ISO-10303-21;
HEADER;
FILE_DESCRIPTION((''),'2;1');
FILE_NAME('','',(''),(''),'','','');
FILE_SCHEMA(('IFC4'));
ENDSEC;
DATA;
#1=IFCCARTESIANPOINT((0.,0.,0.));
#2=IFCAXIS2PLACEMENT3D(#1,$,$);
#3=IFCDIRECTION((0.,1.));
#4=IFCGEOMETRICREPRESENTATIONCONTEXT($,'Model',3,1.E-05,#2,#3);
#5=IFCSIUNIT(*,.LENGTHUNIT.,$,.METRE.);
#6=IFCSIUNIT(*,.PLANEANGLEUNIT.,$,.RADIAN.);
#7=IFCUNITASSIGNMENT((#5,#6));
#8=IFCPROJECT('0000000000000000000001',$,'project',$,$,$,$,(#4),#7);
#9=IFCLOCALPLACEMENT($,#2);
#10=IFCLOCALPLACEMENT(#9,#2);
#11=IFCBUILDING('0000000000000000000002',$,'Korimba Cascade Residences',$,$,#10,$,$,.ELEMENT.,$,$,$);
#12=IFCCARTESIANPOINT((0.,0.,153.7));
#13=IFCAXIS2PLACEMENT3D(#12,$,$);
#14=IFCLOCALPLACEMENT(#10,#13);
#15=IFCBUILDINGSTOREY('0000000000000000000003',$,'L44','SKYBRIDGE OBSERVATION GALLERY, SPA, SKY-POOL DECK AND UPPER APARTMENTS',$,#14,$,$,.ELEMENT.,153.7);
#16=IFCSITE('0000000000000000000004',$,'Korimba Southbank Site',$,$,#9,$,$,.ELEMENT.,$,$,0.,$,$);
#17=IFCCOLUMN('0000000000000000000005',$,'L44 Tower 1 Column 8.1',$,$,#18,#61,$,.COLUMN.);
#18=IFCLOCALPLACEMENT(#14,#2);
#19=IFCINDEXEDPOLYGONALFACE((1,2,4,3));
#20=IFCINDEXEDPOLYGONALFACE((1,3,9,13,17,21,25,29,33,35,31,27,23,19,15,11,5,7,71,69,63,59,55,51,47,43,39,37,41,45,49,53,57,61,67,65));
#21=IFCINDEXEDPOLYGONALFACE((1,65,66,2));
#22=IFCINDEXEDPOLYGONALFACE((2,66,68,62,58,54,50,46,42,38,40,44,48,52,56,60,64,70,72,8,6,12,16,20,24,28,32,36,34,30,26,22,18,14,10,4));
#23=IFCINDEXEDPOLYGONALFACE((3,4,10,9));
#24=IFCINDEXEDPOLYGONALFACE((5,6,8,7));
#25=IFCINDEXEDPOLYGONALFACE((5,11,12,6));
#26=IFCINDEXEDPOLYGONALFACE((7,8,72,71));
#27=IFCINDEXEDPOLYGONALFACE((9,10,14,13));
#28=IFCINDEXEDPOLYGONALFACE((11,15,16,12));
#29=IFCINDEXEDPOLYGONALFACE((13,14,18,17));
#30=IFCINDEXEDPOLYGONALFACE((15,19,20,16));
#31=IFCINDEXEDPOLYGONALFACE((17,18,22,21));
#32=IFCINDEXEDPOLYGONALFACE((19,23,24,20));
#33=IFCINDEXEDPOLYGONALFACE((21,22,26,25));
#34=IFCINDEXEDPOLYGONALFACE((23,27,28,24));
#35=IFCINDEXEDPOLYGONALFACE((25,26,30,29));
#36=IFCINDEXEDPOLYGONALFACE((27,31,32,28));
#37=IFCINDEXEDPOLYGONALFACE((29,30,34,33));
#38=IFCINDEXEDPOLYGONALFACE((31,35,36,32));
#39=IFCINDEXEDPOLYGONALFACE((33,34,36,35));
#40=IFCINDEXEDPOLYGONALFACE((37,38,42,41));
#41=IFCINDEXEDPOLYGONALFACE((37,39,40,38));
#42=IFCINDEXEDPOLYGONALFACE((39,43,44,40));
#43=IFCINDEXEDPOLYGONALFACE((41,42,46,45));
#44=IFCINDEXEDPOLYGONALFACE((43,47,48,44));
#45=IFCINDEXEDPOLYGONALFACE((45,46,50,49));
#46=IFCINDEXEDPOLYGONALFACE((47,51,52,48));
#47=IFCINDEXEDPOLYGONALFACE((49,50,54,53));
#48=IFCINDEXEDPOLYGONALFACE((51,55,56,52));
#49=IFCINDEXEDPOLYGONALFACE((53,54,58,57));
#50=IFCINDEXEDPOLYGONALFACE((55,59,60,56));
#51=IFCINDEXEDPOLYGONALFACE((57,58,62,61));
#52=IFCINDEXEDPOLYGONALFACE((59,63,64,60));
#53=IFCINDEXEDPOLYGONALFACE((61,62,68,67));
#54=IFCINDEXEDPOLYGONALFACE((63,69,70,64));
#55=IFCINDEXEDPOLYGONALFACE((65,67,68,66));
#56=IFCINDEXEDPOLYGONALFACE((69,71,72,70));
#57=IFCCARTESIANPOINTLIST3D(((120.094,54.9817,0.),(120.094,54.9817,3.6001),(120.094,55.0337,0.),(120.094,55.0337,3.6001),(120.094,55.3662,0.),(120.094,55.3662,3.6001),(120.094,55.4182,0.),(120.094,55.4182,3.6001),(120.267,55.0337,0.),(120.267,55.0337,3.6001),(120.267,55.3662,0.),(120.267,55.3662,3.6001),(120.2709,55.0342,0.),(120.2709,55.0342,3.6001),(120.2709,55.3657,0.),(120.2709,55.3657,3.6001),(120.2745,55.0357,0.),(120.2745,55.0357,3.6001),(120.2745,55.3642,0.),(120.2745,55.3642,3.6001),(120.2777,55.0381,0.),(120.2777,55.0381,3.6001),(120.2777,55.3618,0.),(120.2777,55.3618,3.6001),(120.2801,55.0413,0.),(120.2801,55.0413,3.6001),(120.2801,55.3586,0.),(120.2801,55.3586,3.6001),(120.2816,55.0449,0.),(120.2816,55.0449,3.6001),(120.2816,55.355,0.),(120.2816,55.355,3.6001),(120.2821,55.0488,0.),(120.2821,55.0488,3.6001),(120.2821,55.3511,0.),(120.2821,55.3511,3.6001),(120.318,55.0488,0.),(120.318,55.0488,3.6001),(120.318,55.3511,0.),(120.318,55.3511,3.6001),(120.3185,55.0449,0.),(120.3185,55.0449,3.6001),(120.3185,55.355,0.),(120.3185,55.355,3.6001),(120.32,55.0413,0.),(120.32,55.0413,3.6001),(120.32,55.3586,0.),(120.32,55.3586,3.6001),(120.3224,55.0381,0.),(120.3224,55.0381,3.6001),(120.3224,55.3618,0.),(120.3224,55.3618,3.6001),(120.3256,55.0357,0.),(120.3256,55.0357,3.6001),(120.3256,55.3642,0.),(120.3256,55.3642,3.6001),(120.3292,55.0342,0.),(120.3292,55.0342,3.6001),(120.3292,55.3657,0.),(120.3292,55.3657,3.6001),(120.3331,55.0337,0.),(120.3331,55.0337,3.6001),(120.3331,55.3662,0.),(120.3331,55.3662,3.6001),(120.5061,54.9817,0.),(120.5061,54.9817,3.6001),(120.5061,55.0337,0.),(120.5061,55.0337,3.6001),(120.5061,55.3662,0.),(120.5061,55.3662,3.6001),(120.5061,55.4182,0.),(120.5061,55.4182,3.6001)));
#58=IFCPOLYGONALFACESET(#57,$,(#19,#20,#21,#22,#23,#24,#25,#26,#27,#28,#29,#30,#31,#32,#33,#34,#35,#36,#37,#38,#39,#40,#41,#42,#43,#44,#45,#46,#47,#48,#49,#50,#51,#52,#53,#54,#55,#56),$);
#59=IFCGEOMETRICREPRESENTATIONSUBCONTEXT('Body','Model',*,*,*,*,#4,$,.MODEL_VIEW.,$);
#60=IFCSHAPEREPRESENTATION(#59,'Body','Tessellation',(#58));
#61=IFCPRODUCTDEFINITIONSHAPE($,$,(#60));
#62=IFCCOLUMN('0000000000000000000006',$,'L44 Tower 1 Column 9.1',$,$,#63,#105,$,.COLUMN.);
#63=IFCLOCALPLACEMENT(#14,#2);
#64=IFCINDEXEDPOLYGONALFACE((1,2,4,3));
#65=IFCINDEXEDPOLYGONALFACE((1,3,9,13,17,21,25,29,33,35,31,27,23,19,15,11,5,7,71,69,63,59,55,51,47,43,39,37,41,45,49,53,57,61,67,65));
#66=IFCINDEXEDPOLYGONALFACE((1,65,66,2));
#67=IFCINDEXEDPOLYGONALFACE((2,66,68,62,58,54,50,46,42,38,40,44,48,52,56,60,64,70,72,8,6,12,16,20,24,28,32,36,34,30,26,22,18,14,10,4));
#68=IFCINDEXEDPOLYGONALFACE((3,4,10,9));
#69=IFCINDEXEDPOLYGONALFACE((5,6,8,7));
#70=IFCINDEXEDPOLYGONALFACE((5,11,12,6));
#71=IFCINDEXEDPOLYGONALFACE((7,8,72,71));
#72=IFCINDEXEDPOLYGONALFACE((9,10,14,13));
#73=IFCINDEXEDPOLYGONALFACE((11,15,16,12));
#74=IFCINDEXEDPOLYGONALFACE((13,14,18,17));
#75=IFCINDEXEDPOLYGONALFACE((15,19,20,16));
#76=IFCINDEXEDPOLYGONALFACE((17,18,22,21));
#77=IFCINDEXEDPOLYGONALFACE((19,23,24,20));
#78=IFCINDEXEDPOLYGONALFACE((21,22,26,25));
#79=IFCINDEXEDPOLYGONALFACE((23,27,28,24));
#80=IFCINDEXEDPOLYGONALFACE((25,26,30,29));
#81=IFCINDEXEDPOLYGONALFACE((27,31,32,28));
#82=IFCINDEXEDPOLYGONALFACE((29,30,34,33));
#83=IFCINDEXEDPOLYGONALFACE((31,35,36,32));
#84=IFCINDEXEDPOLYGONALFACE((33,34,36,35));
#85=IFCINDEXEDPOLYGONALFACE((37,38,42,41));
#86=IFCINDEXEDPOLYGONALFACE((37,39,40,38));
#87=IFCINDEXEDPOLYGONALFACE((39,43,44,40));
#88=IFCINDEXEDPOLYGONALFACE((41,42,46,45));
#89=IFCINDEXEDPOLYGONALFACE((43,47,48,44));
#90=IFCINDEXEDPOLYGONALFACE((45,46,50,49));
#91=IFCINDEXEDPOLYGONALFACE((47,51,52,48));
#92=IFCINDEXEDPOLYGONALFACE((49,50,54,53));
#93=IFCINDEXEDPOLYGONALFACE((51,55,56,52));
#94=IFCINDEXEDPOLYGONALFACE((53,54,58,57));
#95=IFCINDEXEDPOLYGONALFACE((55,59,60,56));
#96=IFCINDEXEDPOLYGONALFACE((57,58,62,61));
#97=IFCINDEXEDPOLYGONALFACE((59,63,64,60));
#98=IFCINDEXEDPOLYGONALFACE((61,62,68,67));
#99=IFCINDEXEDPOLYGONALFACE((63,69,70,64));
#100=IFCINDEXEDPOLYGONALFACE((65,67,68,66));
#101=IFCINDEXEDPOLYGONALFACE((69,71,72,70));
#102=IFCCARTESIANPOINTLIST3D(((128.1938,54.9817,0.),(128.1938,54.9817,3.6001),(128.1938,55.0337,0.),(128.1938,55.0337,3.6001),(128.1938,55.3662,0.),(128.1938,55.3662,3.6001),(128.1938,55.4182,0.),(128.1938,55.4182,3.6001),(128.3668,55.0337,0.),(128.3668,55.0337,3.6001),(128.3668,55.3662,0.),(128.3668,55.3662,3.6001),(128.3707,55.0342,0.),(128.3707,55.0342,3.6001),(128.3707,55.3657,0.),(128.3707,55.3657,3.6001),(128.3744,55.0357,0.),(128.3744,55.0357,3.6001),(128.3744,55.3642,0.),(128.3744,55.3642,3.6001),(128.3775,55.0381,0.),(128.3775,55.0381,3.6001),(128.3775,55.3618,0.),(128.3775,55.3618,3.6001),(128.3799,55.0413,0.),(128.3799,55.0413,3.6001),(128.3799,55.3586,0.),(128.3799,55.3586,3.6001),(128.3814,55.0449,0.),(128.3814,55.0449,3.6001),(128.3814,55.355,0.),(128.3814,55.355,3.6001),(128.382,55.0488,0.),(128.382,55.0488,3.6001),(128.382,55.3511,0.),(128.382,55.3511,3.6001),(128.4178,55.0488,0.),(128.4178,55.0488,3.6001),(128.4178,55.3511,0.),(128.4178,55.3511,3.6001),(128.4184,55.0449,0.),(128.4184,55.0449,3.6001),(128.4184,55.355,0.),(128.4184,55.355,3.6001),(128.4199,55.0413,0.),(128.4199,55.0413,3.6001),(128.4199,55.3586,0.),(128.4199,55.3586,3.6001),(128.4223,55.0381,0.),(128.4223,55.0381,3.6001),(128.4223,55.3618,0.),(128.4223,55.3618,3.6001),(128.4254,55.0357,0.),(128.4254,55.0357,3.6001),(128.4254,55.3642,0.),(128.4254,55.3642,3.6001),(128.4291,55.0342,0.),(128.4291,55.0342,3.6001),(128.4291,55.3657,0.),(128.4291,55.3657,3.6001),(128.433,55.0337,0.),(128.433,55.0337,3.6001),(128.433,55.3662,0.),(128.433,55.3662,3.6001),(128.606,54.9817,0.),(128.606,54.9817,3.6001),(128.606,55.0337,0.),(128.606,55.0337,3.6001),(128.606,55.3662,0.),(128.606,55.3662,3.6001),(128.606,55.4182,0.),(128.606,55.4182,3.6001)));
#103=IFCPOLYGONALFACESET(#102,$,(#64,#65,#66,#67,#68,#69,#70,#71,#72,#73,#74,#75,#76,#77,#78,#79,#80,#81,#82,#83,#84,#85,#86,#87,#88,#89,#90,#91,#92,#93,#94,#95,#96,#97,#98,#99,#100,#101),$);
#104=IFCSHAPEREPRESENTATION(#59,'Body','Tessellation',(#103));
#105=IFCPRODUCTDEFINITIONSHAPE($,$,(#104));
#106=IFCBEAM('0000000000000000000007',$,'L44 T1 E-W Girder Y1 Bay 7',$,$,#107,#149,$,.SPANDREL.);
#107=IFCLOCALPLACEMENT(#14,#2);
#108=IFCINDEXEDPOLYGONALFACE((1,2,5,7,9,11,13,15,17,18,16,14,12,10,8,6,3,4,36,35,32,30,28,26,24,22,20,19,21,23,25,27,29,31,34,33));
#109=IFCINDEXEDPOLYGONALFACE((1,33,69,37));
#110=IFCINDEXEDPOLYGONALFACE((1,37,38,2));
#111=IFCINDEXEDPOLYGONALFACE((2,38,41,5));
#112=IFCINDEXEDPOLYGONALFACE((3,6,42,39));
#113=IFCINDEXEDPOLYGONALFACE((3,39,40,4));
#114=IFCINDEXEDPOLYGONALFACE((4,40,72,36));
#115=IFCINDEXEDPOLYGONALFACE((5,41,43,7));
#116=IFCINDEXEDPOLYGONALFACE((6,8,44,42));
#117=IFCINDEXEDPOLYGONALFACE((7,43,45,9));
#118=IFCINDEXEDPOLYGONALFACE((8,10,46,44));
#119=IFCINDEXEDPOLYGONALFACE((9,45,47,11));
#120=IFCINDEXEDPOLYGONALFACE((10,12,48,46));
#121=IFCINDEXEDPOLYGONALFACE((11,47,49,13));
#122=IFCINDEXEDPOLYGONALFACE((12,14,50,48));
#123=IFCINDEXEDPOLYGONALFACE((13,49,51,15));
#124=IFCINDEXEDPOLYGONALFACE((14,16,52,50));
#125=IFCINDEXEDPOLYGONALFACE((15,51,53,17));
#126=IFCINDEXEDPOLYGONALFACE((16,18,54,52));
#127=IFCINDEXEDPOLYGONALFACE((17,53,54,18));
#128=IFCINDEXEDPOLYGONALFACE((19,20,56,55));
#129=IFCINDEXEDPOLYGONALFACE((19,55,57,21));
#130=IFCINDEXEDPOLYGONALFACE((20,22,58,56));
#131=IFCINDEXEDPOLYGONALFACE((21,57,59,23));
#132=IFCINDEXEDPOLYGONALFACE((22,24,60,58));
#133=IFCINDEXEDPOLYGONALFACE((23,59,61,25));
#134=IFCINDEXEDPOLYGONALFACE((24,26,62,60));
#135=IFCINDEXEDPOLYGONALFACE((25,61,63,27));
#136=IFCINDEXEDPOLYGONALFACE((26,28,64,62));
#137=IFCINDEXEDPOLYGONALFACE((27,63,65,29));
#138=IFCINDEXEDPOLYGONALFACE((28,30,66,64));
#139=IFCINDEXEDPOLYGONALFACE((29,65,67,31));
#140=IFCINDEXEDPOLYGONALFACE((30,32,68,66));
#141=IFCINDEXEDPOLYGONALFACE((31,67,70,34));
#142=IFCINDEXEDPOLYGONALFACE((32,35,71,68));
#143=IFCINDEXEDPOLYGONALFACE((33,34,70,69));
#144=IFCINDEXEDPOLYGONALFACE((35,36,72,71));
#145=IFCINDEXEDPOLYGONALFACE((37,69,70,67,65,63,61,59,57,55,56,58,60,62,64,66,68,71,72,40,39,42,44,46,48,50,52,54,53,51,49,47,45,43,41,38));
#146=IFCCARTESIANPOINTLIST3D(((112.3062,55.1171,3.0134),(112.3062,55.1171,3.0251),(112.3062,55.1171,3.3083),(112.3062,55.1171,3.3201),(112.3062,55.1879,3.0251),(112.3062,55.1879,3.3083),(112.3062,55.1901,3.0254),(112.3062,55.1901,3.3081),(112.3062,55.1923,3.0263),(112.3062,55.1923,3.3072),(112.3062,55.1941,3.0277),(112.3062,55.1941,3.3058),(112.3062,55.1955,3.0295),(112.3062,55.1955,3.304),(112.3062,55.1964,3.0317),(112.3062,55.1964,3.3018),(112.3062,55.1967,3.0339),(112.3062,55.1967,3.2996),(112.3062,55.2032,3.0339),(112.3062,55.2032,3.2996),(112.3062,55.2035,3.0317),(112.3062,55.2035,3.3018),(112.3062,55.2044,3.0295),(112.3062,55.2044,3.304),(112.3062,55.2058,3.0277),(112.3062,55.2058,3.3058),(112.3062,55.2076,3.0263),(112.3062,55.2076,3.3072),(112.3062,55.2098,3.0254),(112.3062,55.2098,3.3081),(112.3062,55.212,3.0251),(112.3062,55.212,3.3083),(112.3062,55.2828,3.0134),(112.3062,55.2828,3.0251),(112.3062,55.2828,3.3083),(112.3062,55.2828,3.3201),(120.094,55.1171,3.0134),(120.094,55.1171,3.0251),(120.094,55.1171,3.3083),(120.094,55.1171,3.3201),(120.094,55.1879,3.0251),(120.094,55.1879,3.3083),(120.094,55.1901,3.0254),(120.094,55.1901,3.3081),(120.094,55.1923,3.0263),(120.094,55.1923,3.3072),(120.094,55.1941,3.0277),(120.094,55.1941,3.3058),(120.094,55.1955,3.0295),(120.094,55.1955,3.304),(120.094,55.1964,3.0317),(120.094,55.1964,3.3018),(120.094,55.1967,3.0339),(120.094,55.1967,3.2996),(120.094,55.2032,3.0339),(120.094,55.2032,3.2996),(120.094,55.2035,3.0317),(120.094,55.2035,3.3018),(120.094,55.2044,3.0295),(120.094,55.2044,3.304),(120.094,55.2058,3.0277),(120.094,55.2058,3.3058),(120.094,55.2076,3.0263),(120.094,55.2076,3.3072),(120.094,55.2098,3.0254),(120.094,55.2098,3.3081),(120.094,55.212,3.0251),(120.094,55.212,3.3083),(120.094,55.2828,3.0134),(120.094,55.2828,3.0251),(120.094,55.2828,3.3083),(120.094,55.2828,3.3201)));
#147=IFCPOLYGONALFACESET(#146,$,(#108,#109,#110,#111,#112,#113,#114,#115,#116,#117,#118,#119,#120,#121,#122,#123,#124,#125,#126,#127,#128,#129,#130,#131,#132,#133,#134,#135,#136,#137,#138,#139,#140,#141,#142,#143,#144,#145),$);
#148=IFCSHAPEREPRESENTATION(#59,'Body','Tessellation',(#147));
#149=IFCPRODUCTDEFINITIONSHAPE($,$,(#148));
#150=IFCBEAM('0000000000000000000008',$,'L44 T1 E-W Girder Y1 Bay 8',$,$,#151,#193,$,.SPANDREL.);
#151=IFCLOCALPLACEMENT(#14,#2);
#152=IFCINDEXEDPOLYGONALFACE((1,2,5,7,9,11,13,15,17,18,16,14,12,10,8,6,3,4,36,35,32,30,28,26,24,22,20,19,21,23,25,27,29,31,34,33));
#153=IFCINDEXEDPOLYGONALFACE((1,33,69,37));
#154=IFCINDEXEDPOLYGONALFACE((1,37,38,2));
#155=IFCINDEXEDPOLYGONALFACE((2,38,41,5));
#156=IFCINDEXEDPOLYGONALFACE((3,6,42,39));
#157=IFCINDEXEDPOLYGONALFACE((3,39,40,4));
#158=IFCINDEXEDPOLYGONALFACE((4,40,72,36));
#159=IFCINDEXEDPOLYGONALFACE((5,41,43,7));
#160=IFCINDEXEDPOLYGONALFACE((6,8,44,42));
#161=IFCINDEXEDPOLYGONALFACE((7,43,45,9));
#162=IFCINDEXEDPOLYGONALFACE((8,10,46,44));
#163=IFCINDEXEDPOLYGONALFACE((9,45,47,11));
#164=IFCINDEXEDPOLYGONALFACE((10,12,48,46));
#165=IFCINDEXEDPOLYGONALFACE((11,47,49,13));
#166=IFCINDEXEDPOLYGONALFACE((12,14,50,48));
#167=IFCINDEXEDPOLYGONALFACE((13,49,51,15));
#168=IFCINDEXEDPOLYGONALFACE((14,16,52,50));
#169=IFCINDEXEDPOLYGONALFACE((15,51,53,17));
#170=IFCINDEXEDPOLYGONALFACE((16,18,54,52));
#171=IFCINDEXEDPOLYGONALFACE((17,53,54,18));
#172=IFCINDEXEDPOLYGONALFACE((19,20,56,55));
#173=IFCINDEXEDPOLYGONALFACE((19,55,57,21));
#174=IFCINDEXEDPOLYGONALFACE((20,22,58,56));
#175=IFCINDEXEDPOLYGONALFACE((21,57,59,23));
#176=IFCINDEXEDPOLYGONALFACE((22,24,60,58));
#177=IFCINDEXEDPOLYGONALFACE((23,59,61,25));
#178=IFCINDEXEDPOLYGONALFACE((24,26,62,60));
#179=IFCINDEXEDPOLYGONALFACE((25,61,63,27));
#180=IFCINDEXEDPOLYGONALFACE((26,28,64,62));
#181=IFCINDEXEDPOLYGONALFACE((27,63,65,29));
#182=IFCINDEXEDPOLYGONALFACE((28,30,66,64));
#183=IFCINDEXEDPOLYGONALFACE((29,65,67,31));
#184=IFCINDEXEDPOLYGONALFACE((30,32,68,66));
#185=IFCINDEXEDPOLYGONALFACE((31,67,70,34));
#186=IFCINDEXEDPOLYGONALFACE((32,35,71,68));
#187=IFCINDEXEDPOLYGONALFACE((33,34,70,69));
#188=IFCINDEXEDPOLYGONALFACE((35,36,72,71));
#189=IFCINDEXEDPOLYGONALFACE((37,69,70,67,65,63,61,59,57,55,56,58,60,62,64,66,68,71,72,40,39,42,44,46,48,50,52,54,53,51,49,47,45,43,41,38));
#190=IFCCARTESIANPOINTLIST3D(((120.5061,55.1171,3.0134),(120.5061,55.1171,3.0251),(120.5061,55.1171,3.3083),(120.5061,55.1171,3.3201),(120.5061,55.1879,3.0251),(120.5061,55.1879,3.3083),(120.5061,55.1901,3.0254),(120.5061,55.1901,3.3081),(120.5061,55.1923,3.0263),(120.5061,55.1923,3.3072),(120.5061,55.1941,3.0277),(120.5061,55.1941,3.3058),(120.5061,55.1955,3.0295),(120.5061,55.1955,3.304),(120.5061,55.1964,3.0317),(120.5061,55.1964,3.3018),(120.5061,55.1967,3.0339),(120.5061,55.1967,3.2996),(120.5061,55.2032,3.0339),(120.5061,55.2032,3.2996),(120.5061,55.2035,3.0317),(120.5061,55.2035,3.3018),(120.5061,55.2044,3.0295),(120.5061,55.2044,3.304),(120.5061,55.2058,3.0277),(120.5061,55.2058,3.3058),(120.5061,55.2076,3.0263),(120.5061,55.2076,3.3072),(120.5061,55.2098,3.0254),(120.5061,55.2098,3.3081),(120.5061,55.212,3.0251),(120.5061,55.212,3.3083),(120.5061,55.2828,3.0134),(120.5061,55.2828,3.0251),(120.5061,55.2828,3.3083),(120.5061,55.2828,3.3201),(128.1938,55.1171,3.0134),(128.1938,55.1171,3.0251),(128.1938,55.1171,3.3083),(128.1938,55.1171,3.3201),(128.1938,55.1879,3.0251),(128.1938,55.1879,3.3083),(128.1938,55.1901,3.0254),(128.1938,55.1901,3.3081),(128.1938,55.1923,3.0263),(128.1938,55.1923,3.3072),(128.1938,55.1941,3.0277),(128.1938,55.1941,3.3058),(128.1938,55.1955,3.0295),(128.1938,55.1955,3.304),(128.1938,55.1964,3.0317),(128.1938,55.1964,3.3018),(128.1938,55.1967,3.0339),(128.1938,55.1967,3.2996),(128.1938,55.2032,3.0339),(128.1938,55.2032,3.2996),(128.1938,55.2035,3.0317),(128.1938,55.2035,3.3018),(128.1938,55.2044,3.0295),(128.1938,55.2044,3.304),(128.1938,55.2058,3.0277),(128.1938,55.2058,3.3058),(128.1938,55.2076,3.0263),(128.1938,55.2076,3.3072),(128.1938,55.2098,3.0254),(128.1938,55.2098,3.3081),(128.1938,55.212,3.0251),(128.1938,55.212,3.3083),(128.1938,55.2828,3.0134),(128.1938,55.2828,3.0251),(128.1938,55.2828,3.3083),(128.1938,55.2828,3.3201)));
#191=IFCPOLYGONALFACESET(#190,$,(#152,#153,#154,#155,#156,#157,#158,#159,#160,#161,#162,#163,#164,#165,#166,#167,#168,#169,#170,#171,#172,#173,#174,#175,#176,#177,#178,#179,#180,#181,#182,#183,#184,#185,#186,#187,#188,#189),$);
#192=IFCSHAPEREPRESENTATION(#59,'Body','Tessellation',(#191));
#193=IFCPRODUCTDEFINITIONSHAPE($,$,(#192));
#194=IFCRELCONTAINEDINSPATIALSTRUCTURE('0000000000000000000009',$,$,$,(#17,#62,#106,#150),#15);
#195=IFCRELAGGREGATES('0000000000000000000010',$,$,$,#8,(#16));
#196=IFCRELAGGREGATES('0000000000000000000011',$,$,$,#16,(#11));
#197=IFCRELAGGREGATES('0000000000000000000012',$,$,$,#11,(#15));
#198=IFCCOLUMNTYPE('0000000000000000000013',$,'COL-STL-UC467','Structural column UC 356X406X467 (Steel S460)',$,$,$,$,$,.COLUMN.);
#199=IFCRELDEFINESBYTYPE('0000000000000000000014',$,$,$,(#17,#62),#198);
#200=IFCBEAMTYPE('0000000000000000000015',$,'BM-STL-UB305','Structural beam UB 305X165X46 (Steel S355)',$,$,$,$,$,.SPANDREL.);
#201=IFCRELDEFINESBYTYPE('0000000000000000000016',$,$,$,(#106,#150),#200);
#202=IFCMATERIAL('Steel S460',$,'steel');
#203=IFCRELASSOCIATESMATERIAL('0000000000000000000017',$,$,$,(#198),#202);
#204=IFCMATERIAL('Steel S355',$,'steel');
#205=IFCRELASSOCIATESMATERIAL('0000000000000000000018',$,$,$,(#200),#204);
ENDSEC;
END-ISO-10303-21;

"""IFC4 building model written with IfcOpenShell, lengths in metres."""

from ifc_helpers import new_model, si_unit, direction, frame, origin, origin_2d, place, context, subcontext, project, spatial, i_section, extrude, material, material_profile, profile_set, type_object, element, save


model = new_model("IFC4")

# Units and contexts
model_context = context("Model", 3, precision=1e-05, world=origin(), true_north=direction((0.0, 1.0)))
body_context = subcontext(model_context, "Body", "Model", "MODEL_VIEW")
ifc_project = project(units=[si_unit("LENGTHUNIT", "METRE"), si_unit("PLANEANGLEUNIT", "RADIAN")], contexts=[model_context])

# Site, building, storey
site_placement = place(None, origin())
site = spatial("IfcSite", under=ifc_project, at=site_placement, Name="Korimba Southbank Site", CompositionType="ELEMENT", RefElevation=0.0)
building_placement = place(site_placement, origin())
building = spatial("IfcBuilding", under=site, at=building_placement, Name="Korimba Cascade Residences", CompositionType="ELEMENT")
storey_placement = place(building_placement, frame((0.0, 0.0, 153.7)))
storey = spatial("IfcBuildingStorey", under=building, at=storey_placement, Name="L44", Description="SKYBRIDGE OBSERVATION GALLERY, SPA, SKY-POOL DECK AND UPPER APARTMENTS", CompositionType="ELEMENT", Elevation=153.7)

# Columns
ifc_material_1 = material(Name="Steel S460", Category="steel")
ifc_material_profile_1 = material_profile(ifc_material_1, i_section(OverallWidth=0.4121, OverallDepth=0.4365, WebThickness=0.0359, FlangeThickness=0.052, FilletRadius=0.0151, at=origin_2d()), Name="Steel S460")
ifc_profile_set_1 = profile_set([ifc_material_profile_1], Name="Steel S460")
column_type = type_object("IfcColumnType", Name="COL-STL-UC467", Description="Structural column UC 356X406X467 (Steel S460)", PredefinedType="COLUMN", material=ifc_profile_set_1)
for number, where, z_axis, x_axis, name in (
    (1, (120.3, 55.2, 0.0), (0.0, 0.0, 1.0), (1.0, 0.0, 0.0), "L44 Tower 1 Column 8.1"),
    (2, (128.3999, 55.2, 0.0), (0.0, 0.0, 1.0), (1.0, 0.0, 0.0), "L44 Tower 1 Column 9.1"),
):
    element("IfcColumn", number, at=place(storey_placement, frame(where, z_axis=z_axis, x_axis=x_axis)), inside=storey, type_object=column_type, Name=name, PredefinedType="COLUMN", context=body_context, shape_type="SweptSolid", body=[
        extrude(i_section(OverallWidth=0.4121, OverallDepth=0.4365, WebThickness=0.0359, FlangeThickness=0.052, FilletRadius=0.0151, at=origin_2d()), origin(), (0.0, 0.0, 1.0), 3.6001),
    ])

# Beams
ifc_material_2 = material(Name="Steel S355", Category="steel")
ifc_material_profile_2 = material_profile(ifc_material_2, i_section(OverallWidth=0.1658, OverallDepth=0.3066, WebThickness=0.0066, FlangeThickness=0.0117, FilletRadius=0.0088, at=origin_2d()), Name="Steel S355")
ifc_profile_set_2 = profile_set([ifc_material_profile_2], Name="Steel S355")
beam_type_1 = type_object("IfcBeamType", Name="BM-STL-UB305", Description="Structural beam UB 305X165X46 (Steel S355)", PredefinedType="SPANDREL", material=ifc_profile_set_2)
beam_1_placement = place(storey_placement, frame((112.3062, 55.2, 3.1667), z_axis=(1.0, 0.0, 0.0), x_axis=(0.0, 1.0, 0.0)))
element("IfcBeam", 3, at=beam_1_placement, inside=storey, type_object=beam_type_1, Name="L44 T1 E-W Girder Y1 Bay 7", PredefinedType="SPANDREL", context=body_context, shape_type="SweptSolid", body=[
    extrude(i_section(OverallWidth=0.1658, OverallDepth=0.3066, WebThickness=0.0066, FlangeThickness=0.0117, FilletRadius=0.0088, at=origin_2d()), origin(), (0.0, 0.0, 1.0), 7.7878),
])
beam_2_placement = place(storey_placement, frame((120.5061, 55.2, 3.1667), z_axis=(1.0, 0.0, 0.0), x_axis=(0.0, 1.0, 0.0)))
element("IfcBeam", 4, at=beam_2_placement, inside=storey, type_object=beam_type_1, Name="L44 T1 E-W Girder Y1 Bay 8", PredefinedType="SPANDREL", context=body_context, shape_type="SweptSolid", body=[
    extrude(i_section(OverallWidth=0.1658, OverallDepth=0.3066, WebThickness=0.0066, FlangeThickness=0.0117, FilletRadius=0.0088, at=origin_2d()), origin(), (0.0, 0.0, 1.0), 7.6877),
])

save(model, "model.ifc")
